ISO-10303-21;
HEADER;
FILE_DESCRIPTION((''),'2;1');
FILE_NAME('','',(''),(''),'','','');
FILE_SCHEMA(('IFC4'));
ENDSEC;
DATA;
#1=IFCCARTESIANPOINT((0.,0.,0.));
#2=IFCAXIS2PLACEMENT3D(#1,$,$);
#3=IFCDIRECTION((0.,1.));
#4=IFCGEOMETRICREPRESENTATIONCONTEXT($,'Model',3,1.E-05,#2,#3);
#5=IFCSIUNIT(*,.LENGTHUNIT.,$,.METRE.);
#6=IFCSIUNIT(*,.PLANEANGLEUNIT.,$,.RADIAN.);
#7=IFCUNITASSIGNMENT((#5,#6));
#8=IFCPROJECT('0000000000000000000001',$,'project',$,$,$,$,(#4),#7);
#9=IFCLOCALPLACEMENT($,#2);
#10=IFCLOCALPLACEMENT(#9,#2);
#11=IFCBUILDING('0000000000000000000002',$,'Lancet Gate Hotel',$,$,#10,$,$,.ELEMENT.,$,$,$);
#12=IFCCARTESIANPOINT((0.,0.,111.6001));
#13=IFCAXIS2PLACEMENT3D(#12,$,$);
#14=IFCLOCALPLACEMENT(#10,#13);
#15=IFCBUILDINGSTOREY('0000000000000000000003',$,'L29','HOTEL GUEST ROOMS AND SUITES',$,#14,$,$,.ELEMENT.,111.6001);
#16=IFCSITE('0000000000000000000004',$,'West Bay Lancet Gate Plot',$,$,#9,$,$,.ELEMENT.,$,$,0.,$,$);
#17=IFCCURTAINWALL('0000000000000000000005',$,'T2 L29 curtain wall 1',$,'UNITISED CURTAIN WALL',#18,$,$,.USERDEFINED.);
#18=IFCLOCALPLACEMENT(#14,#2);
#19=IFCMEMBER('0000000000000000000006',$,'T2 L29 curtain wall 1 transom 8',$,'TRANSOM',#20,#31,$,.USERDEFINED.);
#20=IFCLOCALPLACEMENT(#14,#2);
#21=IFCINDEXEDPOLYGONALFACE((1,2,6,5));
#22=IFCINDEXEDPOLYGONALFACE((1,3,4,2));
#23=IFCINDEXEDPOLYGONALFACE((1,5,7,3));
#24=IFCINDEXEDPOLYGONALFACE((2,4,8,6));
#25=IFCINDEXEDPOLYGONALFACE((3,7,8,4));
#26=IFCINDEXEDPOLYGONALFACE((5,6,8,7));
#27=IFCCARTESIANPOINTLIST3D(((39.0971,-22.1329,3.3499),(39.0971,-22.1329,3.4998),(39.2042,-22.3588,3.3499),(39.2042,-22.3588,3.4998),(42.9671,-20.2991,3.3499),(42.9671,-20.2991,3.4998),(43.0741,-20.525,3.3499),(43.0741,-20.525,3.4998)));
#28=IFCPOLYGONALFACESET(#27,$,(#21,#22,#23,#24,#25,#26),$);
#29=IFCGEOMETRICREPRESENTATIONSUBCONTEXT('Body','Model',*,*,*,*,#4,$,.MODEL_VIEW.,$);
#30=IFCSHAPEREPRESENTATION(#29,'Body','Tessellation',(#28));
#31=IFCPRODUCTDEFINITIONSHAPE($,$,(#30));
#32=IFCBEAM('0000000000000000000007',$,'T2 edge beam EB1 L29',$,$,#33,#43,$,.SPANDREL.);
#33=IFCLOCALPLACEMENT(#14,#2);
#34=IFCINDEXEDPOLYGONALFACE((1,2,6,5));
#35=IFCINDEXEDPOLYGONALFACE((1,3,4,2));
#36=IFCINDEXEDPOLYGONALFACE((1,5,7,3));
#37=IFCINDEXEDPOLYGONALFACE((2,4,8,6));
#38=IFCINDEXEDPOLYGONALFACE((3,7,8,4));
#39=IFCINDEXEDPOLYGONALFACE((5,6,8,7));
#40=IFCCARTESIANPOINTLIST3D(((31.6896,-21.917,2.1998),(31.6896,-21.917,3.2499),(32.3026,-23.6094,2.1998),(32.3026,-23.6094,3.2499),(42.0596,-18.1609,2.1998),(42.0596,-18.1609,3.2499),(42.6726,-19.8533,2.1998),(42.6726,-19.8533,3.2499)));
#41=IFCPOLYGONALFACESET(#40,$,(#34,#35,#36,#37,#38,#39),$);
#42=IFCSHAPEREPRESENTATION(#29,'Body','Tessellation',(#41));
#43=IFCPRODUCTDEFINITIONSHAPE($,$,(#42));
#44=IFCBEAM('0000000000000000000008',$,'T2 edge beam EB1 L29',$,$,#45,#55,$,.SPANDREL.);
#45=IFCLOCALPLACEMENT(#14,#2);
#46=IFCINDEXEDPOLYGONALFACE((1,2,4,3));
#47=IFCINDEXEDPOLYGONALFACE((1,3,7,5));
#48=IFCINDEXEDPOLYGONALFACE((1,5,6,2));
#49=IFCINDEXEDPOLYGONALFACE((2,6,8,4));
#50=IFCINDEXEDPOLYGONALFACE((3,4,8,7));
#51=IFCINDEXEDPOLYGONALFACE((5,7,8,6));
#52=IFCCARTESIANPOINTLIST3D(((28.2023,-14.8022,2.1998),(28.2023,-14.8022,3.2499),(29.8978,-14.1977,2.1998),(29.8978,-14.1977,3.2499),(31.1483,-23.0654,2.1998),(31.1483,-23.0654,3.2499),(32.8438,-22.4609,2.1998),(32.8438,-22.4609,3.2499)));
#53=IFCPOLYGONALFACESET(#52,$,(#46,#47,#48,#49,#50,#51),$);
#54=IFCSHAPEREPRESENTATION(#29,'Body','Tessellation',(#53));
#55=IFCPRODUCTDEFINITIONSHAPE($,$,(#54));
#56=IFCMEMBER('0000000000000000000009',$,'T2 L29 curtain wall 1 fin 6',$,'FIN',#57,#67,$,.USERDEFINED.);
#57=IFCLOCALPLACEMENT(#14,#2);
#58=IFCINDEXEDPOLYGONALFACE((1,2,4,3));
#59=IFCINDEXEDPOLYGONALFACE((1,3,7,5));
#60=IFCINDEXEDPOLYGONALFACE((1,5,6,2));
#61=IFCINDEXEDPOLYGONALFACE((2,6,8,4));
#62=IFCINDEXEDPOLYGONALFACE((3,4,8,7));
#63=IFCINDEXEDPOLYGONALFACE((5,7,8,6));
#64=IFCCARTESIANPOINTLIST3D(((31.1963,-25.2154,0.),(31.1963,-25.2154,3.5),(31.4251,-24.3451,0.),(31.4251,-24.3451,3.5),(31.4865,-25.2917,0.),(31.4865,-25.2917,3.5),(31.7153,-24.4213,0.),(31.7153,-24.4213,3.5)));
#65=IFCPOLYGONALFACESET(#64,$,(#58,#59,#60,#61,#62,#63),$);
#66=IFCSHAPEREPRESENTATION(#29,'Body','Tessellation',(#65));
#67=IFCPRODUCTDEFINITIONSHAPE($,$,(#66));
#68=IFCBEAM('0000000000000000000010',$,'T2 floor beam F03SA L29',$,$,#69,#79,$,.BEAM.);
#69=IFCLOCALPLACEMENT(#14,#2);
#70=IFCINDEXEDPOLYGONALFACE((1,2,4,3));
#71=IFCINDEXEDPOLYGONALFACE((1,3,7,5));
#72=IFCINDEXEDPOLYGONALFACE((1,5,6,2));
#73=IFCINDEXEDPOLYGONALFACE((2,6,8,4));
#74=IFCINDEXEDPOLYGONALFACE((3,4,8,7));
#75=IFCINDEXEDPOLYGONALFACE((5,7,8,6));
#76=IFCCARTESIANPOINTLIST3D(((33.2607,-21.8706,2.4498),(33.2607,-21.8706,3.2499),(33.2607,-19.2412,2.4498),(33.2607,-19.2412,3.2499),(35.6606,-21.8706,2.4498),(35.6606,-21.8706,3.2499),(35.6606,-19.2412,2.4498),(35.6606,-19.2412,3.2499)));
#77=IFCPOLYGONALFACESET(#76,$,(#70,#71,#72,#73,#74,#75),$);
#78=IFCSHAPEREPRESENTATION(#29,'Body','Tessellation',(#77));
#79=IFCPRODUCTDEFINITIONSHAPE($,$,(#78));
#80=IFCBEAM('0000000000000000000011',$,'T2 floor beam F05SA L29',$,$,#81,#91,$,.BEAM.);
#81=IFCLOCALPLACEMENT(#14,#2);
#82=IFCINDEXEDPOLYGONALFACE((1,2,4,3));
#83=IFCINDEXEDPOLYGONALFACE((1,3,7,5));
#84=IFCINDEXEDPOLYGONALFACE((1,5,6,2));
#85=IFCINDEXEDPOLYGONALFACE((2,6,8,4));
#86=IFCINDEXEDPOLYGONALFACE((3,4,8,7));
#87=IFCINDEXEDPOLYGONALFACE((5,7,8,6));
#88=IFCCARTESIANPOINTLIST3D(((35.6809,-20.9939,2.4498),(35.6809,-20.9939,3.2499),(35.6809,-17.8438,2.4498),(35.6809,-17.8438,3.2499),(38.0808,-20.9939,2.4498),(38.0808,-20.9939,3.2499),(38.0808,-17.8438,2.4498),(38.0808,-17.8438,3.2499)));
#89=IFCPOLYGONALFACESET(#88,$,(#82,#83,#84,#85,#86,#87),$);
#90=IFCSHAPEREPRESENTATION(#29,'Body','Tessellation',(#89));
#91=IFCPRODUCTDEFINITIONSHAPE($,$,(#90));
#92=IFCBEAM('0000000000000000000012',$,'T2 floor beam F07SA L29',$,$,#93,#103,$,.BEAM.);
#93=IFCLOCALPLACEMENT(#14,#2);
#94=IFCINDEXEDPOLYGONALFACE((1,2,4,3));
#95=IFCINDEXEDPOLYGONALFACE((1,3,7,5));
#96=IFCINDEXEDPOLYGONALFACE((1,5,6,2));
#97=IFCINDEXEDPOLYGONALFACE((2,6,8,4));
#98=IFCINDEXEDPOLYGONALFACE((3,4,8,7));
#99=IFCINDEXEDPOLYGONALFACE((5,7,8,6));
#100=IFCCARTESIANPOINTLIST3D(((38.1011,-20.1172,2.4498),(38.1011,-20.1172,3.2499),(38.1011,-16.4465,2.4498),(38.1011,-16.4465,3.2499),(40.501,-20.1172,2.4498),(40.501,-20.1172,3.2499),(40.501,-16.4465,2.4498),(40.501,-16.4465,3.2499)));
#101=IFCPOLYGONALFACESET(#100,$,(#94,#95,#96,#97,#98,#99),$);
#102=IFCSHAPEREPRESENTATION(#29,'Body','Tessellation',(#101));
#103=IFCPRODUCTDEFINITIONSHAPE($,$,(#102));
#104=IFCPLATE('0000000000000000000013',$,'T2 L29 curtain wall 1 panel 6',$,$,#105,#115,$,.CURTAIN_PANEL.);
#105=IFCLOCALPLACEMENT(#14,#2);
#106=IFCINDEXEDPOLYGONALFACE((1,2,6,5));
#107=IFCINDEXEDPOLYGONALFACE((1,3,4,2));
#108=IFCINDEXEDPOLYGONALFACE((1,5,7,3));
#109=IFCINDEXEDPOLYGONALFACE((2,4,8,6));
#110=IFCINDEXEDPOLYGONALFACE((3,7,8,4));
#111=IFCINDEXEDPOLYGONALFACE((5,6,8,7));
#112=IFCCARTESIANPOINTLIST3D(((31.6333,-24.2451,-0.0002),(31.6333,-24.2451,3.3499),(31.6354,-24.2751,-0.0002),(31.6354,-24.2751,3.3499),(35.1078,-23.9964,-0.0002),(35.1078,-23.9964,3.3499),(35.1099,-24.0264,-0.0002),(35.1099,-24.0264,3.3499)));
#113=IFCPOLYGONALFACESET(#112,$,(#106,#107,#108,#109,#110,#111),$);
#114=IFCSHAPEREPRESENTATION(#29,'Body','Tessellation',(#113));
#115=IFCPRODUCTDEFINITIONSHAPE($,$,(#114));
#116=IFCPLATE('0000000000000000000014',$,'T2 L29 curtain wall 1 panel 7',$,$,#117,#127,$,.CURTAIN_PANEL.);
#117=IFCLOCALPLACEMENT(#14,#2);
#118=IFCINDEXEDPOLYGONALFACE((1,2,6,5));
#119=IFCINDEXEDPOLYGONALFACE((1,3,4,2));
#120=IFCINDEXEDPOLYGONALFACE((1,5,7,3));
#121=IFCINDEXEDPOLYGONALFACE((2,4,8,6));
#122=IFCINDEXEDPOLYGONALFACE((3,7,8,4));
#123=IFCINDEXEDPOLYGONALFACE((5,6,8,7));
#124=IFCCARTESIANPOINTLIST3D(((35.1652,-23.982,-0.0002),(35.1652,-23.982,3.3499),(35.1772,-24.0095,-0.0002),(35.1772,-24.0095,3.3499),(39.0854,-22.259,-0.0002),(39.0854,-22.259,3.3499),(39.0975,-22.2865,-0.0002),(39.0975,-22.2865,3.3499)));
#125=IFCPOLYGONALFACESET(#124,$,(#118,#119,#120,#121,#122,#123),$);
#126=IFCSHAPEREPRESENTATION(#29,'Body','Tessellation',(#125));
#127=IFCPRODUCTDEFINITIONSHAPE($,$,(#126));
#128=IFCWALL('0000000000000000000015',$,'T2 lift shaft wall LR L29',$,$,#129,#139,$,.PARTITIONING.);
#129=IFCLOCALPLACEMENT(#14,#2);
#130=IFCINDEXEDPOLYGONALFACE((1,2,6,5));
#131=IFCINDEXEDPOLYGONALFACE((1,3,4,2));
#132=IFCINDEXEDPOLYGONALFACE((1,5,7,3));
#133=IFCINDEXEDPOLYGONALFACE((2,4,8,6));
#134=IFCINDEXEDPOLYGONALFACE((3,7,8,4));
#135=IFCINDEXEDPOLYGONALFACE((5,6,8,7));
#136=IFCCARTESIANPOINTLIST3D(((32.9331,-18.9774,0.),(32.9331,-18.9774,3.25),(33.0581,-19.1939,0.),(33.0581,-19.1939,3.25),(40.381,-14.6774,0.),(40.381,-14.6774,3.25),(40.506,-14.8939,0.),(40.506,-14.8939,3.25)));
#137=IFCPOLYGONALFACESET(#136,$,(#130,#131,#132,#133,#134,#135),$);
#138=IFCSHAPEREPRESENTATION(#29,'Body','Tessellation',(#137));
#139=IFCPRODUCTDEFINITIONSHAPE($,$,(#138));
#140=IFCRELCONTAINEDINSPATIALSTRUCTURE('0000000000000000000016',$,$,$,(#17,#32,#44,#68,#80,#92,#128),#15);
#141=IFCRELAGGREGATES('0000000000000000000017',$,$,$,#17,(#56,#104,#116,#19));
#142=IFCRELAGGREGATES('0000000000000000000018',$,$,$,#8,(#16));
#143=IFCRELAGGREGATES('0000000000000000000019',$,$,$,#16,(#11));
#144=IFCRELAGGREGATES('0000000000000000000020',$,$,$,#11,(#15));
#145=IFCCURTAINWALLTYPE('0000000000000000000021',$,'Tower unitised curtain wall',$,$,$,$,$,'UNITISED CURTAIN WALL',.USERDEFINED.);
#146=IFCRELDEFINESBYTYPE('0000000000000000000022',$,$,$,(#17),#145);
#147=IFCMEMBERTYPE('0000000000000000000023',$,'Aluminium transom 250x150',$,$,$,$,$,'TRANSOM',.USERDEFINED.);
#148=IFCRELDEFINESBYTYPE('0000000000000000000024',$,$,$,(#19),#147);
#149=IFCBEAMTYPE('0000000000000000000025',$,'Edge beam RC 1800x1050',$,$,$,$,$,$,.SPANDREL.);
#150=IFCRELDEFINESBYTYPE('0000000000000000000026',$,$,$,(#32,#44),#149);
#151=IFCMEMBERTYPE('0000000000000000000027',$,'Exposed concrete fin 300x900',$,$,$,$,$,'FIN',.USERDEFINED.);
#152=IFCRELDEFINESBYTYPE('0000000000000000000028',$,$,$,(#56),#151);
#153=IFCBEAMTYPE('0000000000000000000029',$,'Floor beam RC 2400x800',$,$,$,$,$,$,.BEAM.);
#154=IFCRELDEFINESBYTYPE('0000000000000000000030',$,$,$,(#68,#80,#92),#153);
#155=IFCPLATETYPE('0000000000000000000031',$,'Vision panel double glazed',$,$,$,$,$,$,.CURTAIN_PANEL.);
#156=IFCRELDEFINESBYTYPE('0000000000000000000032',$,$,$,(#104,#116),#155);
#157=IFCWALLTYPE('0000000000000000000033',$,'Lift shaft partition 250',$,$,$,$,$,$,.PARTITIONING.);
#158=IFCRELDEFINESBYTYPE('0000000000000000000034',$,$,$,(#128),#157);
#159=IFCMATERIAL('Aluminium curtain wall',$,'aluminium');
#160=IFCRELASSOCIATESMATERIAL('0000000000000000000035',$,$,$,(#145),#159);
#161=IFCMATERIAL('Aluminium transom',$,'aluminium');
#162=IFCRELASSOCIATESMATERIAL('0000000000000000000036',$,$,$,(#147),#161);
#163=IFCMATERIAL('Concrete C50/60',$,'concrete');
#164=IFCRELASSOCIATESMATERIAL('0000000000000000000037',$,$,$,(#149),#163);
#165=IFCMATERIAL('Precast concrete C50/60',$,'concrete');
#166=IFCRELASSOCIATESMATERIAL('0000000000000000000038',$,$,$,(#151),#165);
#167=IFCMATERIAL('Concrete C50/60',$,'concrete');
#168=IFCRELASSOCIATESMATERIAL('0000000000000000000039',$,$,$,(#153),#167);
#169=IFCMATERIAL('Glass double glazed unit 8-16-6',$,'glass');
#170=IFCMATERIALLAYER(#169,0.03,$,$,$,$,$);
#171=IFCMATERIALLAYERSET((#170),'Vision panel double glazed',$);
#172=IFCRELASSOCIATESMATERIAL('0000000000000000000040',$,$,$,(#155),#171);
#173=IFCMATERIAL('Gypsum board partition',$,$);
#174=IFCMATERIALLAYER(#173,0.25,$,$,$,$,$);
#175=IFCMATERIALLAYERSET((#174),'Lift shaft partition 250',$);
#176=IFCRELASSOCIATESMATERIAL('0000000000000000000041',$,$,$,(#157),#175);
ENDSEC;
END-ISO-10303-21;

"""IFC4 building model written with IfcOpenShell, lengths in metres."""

from ifc_helpers import new_model, si_unit, direction, frame, frame_2d, origin, origin_2d, place, context, subcontext, project, spatial, rectangle, extrude, material, layer, layer_set, material_profile, profile_set, type_object, element, aggregate, save


model = new_model("IFC4")

# Units and contexts
model_context = context("Model", 3, precision=1e-05, world=origin(), true_north=direction((0.0, 1.0)))
body_context = subcontext(model_context, "Body", "Model", "MODEL_VIEW")
ifc_project = project(units=[si_unit("LENGTHUNIT", "METRE"), si_unit("PLANEANGLEUNIT", "RADIAN")], contexts=[model_context])

# Site, building, storey
site_placement = place(None, origin())
site = spatial("IfcSite", under=ifc_project, at=site_placement, Name="West Bay Lancet Gate Plot", CompositionType="ELEMENT", RefElevation=0.0)
building_placement = place(site_placement, origin())
building = spatial("IfcBuilding", under=site, at=building_placement, Name="Lancet Gate Hotel", CompositionType="ELEMENT")
storey_placement = place(building_placement, frame((0.0, 0.0, 111.6001)))
storey = spatial("IfcBuildingStorey", under=building, at=storey_placement, Name="L29", Description="HOTEL GUEST ROOMS AND SUITES", CompositionType="ELEMENT", Elevation=111.6001)

# Curtain wall, member
ifc_material_1 = material(Name="Aluminium curtain wall", Category="aluminium")
curtain_wall_type = type_object("IfcCurtainWallType", Name="Tower unitised curtain wall", ElementType="UNITISED CURTAIN WALL", PredefinedType="USERDEFINED", material=ifc_material_1)
curtain_wall_placement = place(storey_placement, origin())
curtain_wall = element("IfcCurtainWall", 1, at=curtain_wall_placement, inside=storey, type_object=curtain_wall_type, Name="T2 L29 curtain wall 1", ObjectType="UNITISED CURTAIN WALL", PredefinedType="USERDEFINED")
ifc_material_2 = material(Name="Aluminium transom", Category="aluminium")
ifc_material_profile_1 = material_profile(ifc_material_2, rectangle(XDim=0.25, YDim=0.1499, at=origin_2d()), Name="TRANSOM 250x150")
ifc_profile_set_1 = profile_set([ifc_material_profile_1], Name="Aluminium transom")
member_type_1 = type_object("IfcMemberType", Name="Aluminium transom 250x150", ElementType="TRANSOM", PredefinedType="USERDEFINED", material=ifc_profile_set_1)
member_1_placement = place(storey_placement, frame((39.1506, -22.2458, 3.4248), z_axis=(0.90368, 0.428209, 0.0), x_axis=(-0.428209, 0.90368, 0.0)))
member_1 = element("IfcMember", 2, at=member_1_placement, type_object=member_type_1, Name="T2 L29 curtain wall 1 transom 8", ObjectType="TRANSOM", PredefinedType="USERDEFINED", context=body_context, shape_type="SweptSolid", body=[
    extrude(rectangle(XDim=0.25, YDim=0.1499, at=origin_2d()), origin(), (0.0, 0.0, 1.0), 4.2825),
])

# Beams
ifc_material_3 = material(Name="Concrete C50/60", Category="concrete")
ifc_material_profile_2 = material_profile(ifc_material_3, rectangle(XDim=1.8, YDim=1.05, at=origin_2d()), Name="RC 1800x1050")
ifc_profile_set_2 = profile_set([ifc_material_profile_2], Name="Concrete C50/60")
beam_type_1 = type_object("IfcBeamType", Name="Edge beam RC 1800x1050", PredefinedType="SPANDREL", material=ifc_profile_set_2)
beam_1_placement = place(storey_placement, frame((31.9961, -22.7632, 2.7249), z_axis=(0.940225, 0.340554, 0.0), x_axis=(-0.340554, 0.940225, 0.0)))
element("IfcBeam", 3, at=beam_1_placement, inside=storey, type_object=beam_type_1, Name="T2 edge beam EB1 L29", PredefinedType="SPANDREL", context=body_context, shape_type="SweptSolid", body=[
    extrude(rectangle(XDim=1.8, YDim=1.05, at=origin_2d()), origin(), (0.0, 0.0, 1.0), 11.0293),
])
beam_2_placement = place(storey_placement, frame((31.9961, -22.7632, 2.7249), z_axis=(-0.335822, 0.941926, 0.0), x_axis=(-0.941926, -0.335822, 0.0)))
element("IfcBeam", 4, at=beam_2_placement, inside=storey, type_object=beam_type_1, Name="T2 edge beam EB1 L29", PredefinedType="SPANDREL", context=body_context, shape_type="SweptSolid", body=[
    extrude(rectangle(XDim=1.8, YDim=1.05, at=origin_2d()), origin(), (0.0, 0.0, 1.0), 8.7727),
])

# Member
ifc_material_4 = material(Name="Precast concrete C50/60", Category="concrete")
ifc_material_profile_3 = material_profile(ifc_material_4, rectangle(XDim=0.3, YDim=0.8999, at=origin_2d()), Name="FIN 300x900")
ifc_profile_set_3 = profile_set([ifc_material_profile_3], Name="Precast concrete C50/60")
member_type_2 = type_object("IfcMemberType", Name="Exposed concrete fin 300x900", ElementType="FIN", PredefinedType="USERDEFINED", material=ifc_profile_set_3)
member_2_placement = place(storey_placement, frame((31.4558, -24.8184, 0.0), z_axis=(0.0, 0.0, 1.0), x_axis=(0.967157, -0.254179, 0.0)))
member_2 = element("IfcMember", 5, at=member_2_placement, type_object=member_type_2, Name="T2 L29 curtain wall 1 fin 6", ObjectType="FIN", PredefinedType="USERDEFINED", context=body_context, shape_type="SweptSolid", body=[
    extrude(rectangle(XDim=0.3, YDim=0.8999, at=origin_2d()), origin(), (0.0, 0.0, 1.0), 3.5),
])

# Beams
ifc_material_5 = material(Name="Concrete C50/60", Category="concrete")
ifc_material_profile_4 = material_profile(ifc_material_5, rectangle(XDim=2.3999, YDim=0.8, at=origin_2d()), Name="RC 2400x800")
ifc_profile_set_4 = profile_set([ifc_material_profile_4], Name="Concrete C50/60")
beam_type_2 = type_object("IfcBeamType", Name="Floor beam RC 2400x800", PredefinedType="BEAM", material=ifc_profile_set_4)
beam_3_placement = place(storey_placement, frame((34.4607, -21.8706, 2.8499), z_axis=(0.0, 1.0, 0.0), x_axis=(-1.0, 0.0, 0.0)))
element("IfcBeam", 6, at=beam_3_placement, inside=storey, type_object=beam_type_2, Name="T2 floor beam F03SA L29", PredefinedType="BEAM", context=body_context, shape_type="SweptSolid", body=[
    extrude(rectangle(XDim=2.3999, YDim=0.8, at=origin_2d()), origin(), (0.0, 0.0, 1.0), 2.6294),
])
beam_4_placement = place(storey_placement, frame((36.8809, -20.9939, 2.8499), z_axis=(0.0, 1.0, 0.0), x_axis=(-1.0, 0.0, 0.0)))
element("IfcBeam", 7, at=beam_4_placement, inside=storey, type_object=beam_type_2, Name="T2 floor beam F05SA L29", PredefinedType="BEAM", context=body_context, shape_type="SweptSolid", body=[
    extrude(rectangle(XDim=2.3999, YDim=0.8, at=origin_2d()), origin(), (0.0, 0.0, 1.0), 3.1501),
])
beam_5_placement = place(storey_placement, frame((39.301, -20.1172, 2.8499), z_axis=(0.0, 1.0, 0.0), x_axis=(-1.0, 0.0, 0.0)))
element("IfcBeam", 8, at=beam_5_placement, inside=storey, type_object=beam_type_2, Name="T2 floor beam F07SA L29", PredefinedType="BEAM", context=body_context, shape_type="SweptSolid", body=[
    extrude(rectangle(XDim=2.3999, YDim=0.8, at=origin_2d()), origin(), (0.0, 0.0, 1.0), 3.6707),
])

# Plates
ifc_material_6 = material(Name="Glass double glazed unit 8-16-6", Category="glass")
ifc_layer_1 = layer(ifc_material_6, 0.03)
ifc_layer_set_1 = layer_set([ifc_layer_1], Name="Vision panel double glazed")
plate_type = type_object("IfcPlateType", Name="Vision panel double glazed", PredefinedType="CURTAIN_PANEL", material=ifc_layer_set_1)
plate_1_placement = place(storey_placement, frame((33.3716, -24.1357, -0.0002), z_axis=(0.0, 0.0, 1.0), x_axis=(0.997448, 0.07139, 0.0)))
plate_1 = element("IfcPlate", 9, at=plate_1_placement, type_object=plate_type, Name="T2 L29 curtain wall 1 panel 6", PredefinedType="CURTAIN_PANEL", context=body_context, shape_type="SweptSolid", body=[
    extrude(rectangle(XDim=3.4834, YDim=0.03, at=origin_2d()), origin(), (0.0, 0.0, 1.0), 3.3501),
])
plate_2_placement = place(storey_placement, frame((37.1313, -23.1343, -0.0002), z_axis=(0.0, 0.0, 1.0), x_axis=(0.915479, 0.402367, 0.0)))
plate_2 = element("IfcPlate", 10, at=plate_2_placement, type_object=plate_type, Name="T2 L29 curtain wall 1 panel 7", PredefinedType="CURTAIN_PANEL", context=body_context, shape_type="SweptSolid", body=[
    extrude(rectangle(XDim=4.2822, YDim=0.03, at=origin_2d()), origin(), (0.0, 0.0, 1.0), 3.3501),
])
aggregate(curtain_wall, [member_2, plate_1, plate_2, member_1])

# Wall
ifc_material_7 = material(Name="Gypsum board partition")
ifc_layer_2 = layer(ifc_material_7, 0.25)
ifc_layer_set_2 = layer_set([ifc_layer_2], Name="Lift shaft partition 250")
wall_type = type_object("IfcWallType", Name="Lift shaft partition 250", PredefinedType="PARTITIONING", material=ifc_layer_set_2)
wall_placement = place(storey_placement, frame((32.9956, -19.0857, 0.0), z_axis=(0.0, 0.0, 1.0), x_axis=(0.866028, 0.499995, 0.0)))
element("IfcWall", 11, at=wall_placement, inside=storey, type_object=wall_type, Name="T2 lift shaft wall LR L29", PredefinedType="PARTITIONING", context=body_context, shape_type="SweptSolid", body=[
    extrude(rectangle(XDim=8.6001, YDim=0.25, at=frame_2d((4.3, 0.0))), origin(), (0.0, 0.0, 1.0), 3.25),
])

save(model, "model.ifc")
